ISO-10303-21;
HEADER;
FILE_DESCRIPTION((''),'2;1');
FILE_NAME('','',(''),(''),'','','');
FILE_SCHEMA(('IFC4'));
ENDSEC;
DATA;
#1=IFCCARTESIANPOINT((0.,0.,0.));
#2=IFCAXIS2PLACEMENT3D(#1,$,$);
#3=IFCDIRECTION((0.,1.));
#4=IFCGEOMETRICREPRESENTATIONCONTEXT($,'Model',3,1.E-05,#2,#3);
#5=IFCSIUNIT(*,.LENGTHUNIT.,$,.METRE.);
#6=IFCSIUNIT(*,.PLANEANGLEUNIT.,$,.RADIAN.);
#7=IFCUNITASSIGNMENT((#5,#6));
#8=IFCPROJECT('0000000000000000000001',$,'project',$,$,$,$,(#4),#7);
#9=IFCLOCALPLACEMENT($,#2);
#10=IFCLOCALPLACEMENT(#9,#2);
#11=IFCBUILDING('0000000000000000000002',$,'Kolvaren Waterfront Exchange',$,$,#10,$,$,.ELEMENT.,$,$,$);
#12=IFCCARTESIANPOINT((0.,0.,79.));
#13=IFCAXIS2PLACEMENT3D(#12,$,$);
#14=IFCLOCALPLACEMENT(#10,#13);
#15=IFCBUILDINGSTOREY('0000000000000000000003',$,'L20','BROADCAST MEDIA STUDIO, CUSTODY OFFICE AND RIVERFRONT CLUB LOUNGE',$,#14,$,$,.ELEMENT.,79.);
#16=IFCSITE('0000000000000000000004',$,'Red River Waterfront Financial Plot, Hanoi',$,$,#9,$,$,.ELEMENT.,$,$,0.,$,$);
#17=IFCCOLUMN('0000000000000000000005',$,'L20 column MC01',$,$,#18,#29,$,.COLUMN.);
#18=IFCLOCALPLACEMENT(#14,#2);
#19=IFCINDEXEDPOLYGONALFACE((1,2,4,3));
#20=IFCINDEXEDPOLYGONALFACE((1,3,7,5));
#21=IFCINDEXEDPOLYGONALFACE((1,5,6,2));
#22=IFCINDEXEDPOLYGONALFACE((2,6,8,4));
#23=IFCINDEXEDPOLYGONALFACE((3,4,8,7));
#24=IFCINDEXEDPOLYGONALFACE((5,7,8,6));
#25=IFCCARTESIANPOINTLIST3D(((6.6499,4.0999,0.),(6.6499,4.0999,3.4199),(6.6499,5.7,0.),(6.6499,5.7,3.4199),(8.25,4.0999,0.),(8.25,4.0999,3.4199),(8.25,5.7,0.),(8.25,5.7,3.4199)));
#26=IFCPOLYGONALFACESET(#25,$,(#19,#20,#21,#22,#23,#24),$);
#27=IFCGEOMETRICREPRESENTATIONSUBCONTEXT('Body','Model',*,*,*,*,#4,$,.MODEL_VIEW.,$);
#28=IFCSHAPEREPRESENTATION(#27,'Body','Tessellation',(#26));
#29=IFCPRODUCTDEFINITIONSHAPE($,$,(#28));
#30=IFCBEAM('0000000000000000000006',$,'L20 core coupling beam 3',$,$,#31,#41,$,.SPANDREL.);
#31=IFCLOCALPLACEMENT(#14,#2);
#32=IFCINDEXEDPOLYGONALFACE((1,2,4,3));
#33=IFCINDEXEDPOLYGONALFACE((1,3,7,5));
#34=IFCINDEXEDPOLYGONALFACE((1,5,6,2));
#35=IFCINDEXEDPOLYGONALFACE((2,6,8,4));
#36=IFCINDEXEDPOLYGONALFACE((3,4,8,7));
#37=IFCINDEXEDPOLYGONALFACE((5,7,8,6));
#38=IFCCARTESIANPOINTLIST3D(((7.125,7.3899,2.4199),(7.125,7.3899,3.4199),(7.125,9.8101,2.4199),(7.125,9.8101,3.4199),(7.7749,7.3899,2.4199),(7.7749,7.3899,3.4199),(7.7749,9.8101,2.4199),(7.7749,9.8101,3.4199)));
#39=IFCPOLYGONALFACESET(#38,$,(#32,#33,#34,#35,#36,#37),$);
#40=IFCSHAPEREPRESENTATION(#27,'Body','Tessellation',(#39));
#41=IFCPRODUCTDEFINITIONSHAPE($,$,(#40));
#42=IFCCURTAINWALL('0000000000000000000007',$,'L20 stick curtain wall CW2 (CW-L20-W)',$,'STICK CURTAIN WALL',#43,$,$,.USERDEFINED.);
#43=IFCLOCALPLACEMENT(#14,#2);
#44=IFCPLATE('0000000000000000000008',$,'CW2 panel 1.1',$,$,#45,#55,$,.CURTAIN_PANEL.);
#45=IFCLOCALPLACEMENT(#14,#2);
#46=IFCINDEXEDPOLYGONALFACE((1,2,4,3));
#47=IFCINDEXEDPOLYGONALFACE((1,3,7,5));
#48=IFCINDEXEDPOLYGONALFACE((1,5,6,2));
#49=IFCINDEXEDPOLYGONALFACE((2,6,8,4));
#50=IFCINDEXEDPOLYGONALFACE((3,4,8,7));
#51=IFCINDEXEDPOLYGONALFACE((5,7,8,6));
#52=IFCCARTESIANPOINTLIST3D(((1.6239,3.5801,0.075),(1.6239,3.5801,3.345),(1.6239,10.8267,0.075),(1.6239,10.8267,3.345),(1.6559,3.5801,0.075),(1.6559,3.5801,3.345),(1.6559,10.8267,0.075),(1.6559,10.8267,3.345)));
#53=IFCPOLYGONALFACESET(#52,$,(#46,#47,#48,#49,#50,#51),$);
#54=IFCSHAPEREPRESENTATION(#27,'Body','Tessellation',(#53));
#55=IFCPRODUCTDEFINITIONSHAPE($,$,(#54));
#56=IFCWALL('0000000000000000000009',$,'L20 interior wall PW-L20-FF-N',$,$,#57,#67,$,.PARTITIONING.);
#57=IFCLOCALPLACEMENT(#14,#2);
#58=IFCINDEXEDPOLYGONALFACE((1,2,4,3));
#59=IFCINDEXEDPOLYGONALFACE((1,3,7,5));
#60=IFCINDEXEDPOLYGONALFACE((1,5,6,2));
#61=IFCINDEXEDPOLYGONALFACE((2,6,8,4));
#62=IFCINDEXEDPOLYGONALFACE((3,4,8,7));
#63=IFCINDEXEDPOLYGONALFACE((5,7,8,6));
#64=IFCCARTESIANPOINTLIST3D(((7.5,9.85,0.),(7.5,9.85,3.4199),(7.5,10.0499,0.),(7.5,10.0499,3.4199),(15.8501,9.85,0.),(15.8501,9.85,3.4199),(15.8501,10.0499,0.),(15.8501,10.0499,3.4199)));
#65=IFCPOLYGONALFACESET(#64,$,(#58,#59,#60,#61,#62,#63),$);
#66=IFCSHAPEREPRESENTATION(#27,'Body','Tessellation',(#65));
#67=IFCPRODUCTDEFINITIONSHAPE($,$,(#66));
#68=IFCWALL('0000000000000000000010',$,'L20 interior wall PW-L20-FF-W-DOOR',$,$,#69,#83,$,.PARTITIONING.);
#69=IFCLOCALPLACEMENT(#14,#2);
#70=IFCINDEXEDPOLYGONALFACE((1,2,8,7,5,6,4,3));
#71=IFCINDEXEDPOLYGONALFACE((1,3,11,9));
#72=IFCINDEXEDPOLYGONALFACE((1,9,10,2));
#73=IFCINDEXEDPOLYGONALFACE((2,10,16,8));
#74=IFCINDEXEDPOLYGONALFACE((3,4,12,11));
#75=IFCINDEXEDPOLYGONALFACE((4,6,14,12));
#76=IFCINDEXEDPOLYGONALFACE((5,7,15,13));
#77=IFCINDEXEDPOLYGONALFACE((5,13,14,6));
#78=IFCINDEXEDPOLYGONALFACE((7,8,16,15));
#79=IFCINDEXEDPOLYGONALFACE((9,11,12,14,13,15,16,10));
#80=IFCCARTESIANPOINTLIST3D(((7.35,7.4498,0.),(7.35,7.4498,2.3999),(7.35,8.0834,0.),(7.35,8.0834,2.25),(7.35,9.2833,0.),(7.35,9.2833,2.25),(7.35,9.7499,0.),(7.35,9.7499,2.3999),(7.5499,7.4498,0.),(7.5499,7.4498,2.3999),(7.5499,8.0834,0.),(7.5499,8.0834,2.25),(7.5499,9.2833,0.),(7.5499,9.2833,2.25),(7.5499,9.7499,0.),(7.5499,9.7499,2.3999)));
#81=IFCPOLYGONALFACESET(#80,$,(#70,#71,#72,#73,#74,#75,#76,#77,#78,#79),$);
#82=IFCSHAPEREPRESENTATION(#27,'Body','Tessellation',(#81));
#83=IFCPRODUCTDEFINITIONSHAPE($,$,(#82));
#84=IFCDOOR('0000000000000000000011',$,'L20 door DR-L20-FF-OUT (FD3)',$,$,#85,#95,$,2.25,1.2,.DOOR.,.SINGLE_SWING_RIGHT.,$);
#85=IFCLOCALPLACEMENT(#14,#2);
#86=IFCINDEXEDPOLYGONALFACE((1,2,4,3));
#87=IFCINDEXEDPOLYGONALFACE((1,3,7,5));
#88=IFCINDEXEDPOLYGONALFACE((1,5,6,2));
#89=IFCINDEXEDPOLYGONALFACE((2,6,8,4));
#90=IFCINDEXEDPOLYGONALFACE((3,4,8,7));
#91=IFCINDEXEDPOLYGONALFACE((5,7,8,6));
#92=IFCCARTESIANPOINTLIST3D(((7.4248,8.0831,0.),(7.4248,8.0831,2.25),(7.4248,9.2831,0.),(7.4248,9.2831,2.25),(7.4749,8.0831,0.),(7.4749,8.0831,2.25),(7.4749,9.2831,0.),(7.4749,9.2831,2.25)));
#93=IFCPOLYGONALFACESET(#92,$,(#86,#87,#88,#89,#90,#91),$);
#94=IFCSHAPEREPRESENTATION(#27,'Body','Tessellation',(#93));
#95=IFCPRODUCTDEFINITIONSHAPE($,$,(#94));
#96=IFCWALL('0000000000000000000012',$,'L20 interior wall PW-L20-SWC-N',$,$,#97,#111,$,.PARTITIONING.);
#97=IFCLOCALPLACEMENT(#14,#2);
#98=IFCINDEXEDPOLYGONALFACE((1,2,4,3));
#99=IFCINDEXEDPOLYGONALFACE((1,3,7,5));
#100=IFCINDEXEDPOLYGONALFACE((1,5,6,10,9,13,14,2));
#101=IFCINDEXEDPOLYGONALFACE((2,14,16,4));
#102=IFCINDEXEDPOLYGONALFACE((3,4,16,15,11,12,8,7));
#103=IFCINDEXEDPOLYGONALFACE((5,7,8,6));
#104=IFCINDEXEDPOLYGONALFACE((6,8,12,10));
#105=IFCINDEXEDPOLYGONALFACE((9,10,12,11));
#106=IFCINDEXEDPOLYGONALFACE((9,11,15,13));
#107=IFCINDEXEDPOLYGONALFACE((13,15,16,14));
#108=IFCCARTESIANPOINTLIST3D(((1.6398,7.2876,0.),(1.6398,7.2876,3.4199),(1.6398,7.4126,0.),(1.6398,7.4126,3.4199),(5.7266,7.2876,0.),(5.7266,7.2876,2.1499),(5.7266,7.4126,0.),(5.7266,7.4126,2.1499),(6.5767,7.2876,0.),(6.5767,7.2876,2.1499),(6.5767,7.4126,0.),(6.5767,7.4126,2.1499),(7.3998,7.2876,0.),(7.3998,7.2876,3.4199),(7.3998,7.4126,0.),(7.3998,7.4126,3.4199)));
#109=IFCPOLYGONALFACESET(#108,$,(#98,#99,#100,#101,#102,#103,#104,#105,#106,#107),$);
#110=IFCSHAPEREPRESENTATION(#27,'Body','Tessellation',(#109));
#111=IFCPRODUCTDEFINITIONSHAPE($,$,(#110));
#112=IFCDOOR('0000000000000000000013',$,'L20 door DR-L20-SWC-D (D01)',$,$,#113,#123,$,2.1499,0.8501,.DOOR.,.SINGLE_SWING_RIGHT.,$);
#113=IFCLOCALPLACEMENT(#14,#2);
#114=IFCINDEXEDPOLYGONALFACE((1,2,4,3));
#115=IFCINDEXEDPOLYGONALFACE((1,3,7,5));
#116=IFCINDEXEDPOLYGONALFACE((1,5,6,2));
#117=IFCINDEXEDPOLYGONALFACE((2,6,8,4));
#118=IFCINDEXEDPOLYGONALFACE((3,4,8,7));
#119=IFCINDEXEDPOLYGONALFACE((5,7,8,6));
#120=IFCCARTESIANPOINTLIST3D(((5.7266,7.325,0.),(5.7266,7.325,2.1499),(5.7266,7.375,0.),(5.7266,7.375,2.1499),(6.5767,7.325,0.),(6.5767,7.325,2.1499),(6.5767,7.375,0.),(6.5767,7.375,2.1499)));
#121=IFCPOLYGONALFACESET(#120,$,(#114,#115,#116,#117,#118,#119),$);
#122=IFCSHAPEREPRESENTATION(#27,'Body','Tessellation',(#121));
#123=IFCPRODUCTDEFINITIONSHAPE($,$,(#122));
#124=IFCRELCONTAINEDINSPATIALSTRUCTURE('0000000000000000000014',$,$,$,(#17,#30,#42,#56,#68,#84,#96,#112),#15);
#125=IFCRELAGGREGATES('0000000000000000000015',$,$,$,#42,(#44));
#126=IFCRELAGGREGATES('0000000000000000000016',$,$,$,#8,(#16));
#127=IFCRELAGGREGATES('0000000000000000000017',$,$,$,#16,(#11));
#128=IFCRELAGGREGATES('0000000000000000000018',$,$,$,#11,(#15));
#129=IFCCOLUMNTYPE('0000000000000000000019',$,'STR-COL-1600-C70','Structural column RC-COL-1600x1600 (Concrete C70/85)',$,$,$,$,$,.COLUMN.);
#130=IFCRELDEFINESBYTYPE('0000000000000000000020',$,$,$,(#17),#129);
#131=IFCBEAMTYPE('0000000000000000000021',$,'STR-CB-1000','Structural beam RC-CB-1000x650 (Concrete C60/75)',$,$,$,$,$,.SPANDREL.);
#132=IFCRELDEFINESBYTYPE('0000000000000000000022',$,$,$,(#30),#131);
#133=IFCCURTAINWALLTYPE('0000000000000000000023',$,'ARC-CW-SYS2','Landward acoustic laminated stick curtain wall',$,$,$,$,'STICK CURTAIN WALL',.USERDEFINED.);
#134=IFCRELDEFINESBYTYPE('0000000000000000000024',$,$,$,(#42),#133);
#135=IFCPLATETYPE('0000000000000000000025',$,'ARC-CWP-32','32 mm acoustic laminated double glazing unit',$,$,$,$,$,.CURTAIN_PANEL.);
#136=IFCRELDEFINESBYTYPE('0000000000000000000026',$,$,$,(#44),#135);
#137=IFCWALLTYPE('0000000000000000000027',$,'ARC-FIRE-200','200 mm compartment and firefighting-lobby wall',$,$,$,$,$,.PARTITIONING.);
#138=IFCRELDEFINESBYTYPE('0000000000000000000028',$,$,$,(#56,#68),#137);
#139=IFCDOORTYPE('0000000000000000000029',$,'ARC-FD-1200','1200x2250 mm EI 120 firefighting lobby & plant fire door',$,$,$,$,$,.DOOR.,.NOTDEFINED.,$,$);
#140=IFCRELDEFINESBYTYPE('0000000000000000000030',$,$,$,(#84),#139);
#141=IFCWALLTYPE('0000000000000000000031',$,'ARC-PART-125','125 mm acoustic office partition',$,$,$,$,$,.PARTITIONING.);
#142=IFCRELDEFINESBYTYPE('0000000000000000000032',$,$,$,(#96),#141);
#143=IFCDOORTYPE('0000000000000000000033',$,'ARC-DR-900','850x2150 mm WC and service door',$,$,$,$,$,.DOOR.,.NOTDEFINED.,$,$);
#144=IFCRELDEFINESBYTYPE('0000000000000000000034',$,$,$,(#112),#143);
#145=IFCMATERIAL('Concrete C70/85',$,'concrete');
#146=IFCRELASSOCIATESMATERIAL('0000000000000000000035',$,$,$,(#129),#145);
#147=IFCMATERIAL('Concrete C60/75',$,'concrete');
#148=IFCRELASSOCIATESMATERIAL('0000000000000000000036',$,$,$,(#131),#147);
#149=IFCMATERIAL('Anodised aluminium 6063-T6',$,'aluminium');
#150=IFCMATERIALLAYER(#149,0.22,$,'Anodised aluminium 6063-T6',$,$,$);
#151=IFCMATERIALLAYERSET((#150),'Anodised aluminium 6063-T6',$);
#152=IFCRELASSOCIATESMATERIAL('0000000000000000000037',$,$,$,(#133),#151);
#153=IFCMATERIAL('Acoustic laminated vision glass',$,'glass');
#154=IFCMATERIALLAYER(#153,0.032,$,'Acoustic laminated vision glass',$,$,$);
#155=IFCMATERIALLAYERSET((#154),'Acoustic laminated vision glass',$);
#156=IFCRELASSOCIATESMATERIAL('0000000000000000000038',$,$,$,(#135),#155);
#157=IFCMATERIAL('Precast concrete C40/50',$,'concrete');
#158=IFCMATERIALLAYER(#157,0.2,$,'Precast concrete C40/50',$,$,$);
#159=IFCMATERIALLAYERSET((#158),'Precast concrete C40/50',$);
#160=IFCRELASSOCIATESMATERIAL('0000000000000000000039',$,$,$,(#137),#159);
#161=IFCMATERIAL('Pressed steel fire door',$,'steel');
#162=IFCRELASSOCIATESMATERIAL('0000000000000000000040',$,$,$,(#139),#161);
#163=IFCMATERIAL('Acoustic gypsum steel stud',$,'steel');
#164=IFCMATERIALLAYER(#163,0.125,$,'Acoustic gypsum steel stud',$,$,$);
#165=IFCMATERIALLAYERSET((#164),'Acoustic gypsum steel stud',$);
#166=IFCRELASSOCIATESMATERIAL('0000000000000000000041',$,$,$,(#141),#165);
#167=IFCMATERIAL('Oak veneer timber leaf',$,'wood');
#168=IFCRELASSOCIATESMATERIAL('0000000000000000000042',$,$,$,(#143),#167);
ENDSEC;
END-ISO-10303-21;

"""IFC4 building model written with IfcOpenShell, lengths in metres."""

from ifc_helpers import new_model, si_unit, direction, frame, frame_2d, origin, origin_with_axes, origin_2d, place, context, subcontext, project, spatial, rectangle, extrude, source, transform, mapped, material, layer, layer_set, material_profile, profile_set, type_object, element, fill, aggregate, save


model = new_model("IFC4")

# Units and contexts
model_context = context("Model", 3, precision=1e-05, world=origin(), true_north=direction((0.0, 1.0)))
body_context = subcontext(model_context, "Body", "Model", "MODEL_VIEW")
ifc_project = project(units=[si_unit("LENGTHUNIT", "METRE"), si_unit("PLANEANGLEUNIT", "RADIAN")], contexts=[model_context])

# Site, building, storey
site_placement = place(None, origin())
site = spatial("IfcSite", under=ifc_project, at=site_placement, Name="Red River Waterfront Financial Plot, Hanoi", CompositionType="ELEMENT", RefElevation=0.0)
building_placement = place(site_placement, origin())
building = spatial("IfcBuilding", under=site, at=building_placement, Name="Kolvaren Waterfront Exchange", CompositionType="ELEMENT")
storey_placement = place(building_placement, frame((0.0, 0.0, 79.0)))
storey = spatial("IfcBuildingStorey", under=building, at=storey_placement, Name="L20", Description="BROADCAST MEDIA STUDIO, CUSTODY OFFICE AND RIVERFRONT CLUB LOUNGE", CompositionType="ELEMENT", Elevation=79.0)

# Column
ifc_material_1 = material(Name="Concrete C70/85", Category="concrete")
ifc_material_profile_1 = material_profile(ifc_material_1, rectangle(XDim=1.6001, YDim=1.6001, at=origin_2d()), Name="RC-COL-1600x1600")
ifc_profile_set_1 = profile_set([ifc_material_profile_1], Name="Concrete C70/85")
column_type = type_object("IfcColumnType", Name="STR-COL-1600-C70", Description="Structural column RC-COL-1600x1600 (Concrete C70/85)", PredefinedType="COLUMN", material=ifc_profile_set_1)
column_placement = place(storey_placement, frame((7.45, 4.8999, 0.0), z_axis=(0.0, 0.0, 1.0), x_axis=(1.0, 0.0, 0.0)))
element("IfcColumn", 1, at=column_placement, inside=storey, type_object=column_type, Name="L20 column MC01", PredefinedType="COLUMN", context=body_context, shape_type="SweptSolid", body=[
    extrude(rectangle(XDim=1.6001, YDim=1.6001, at=origin_2d()), origin(), (0.0, 0.0, 1.0), 3.4199),
])

# Beam
ifc_material_2 = material(Name="Concrete C60/75", Category="concrete")
ifc_material_profile_2 = material_profile(ifc_material_2, rectangle(XDim=0.6499, YDim=1.0, at=origin_2d()), Name="RC-CB-1000x650")
ifc_profile_set_2 = profile_set([ifc_material_profile_2], Name="Concrete C60/75")
beam_type = type_object("IfcBeamType", Name="STR-CB-1000", Description="Structural beam RC-CB-1000x650 (Concrete C60/75)", PredefinedType="SPANDREL", material=ifc_profile_set_2)
beam_placement = place(storey_placement, frame((7.45, 7.3899, 2.9199), z_axis=(0.0, 1.0, 0.0), x_axis=(-1.0, 0.0, 0.0)))
element("IfcBeam", 2, at=beam_placement, inside=storey, type_object=beam_type, Name="L20 core coupling beam 3", PredefinedType="SPANDREL", context=body_context, shape_type="SweptSolid", body=[
    extrude(rectangle(XDim=0.6499, YDim=1.0, at=origin_2d()), origin(), (0.0, 0.0, 1.0), 2.4202),
])

# Curtain wall, plate
ifc_material_3 = material(Name="Anodised aluminium 6063-T6", Category="aluminium")
ifc_layer_1 = layer(ifc_material_3, 0.22, Name="Anodised aluminium 6063-T6")
ifc_layer_set_1 = layer_set([ifc_layer_1], Name="Anodised aluminium 6063-T6")
curtain_wall_type = type_object("IfcCurtainWallType", Name="ARC-CW-SYS2", Description="Landward acoustic laminated stick curtain wall", ElementType="STICK CURTAIN WALL", PredefinedType="USERDEFINED", material=ifc_layer_set_1)
curtain_wall_placement = place(storey_placement, origin())
curtain_wall = element("IfcCurtainWall", 3, at=curtain_wall_placement, inside=storey, type_object=curtain_wall_type, Name="L20 stick curtain wall CW2 (CW-L20-W)", ObjectType="STICK CURTAIN WALL", PredefinedType="USERDEFINED")
ifc_material_4 = material(Name="Acoustic laminated vision glass", Category="glass")
ifc_layer_2 = layer(ifc_material_4, 0.032, Name="Acoustic laminated vision glass")
ifc_layer_set_2 = layer_set([ifc_layer_2], Name="Acoustic laminated vision glass")
plate_type = type_object("IfcPlateType", Name="ARC-CWP-32", Description="32 mm acoustic laminated double glazing unit", PredefinedType="CURTAIN_PANEL", material=ifc_layer_set_2)
shared_shape = source(origin_with_axes(), body_context, "Body", "SweptSolid", [
    extrude(rectangle(XDim=7.2466, YDim=0.032, at=origin_2d()), origin(), (0.0, 0.0, 1.0), 3.27),
])
plate_placement = place(storey_placement, frame((1.6399, 7.2034, 0.075), z_axis=(0.0, 0.0, 1.0), x_axis=(0.0, 1.0, 0.0)))
plate = element("IfcPlate", 4, at=plate_placement, type_object=plate_type, Name="CW2 panel 1.1", PredefinedType="CURTAIN_PANEL", context=body_context, shape_type="MappedRepresentation", body=[
    mapped(shared_shape, transform((0.0, 0.0, 0.0), x_axis=(1.0, 0.0, 0.0), y_axis=(0.0, 1.0, 0.0), z_axis=(0.0, 0.0, 1.0), scale=1.0)),
])
aggregate(curtain_wall, [plate])

# Wall
ifc_material_5 = material(Name="Precast concrete C40/50", Category="concrete")
ifc_layer_3 = layer(ifc_material_5, 0.2, Name="Precast concrete C40/50")
ifc_layer_set_3 = layer_set([ifc_layer_3], Name="Precast concrete C40/50")
wall_type_1 = type_object("IfcWallType", Name="ARC-FIRE-200", Description="200 mm compartment and firefighting-lobby wall", PredefinedType="PARTITIONING", material=ifc_layer_set_3)
wall_1_placement = place(storey_placement, frame((7.5, 9.95, 0.0), z_axis=(0.0, 0.0, 1.0), x_axis=(1.0, 0.0, 0.0)))
element("IfcWall", 5, at=wall_1_placement, inside=storey, type_object=wall_type_1, Name="L20 interior wall PW-L20-FF-N", PredefinedType="PARTITIONING", context=body_context, shape_type="SweptSolid", body=[
    extrude(rectangle(XDim=8.3501, YDim=0.2, at=frame_2d((4.175, 0.0))), origin(), (0.0, 0.0, 1.0), 3.4199),
])

# Walls, openings, doors
wall_2_placement = place(storey_placement, frame((7.45, 7.45, 0.0), z_axis=(0.0, 0.0, 1.0), x_axis=(0.0, 1.0, 0.0)))
wall_2 = element("IfcWall", 6, at=wall_2_placement, inside=storey, type_object=wall_type_1, Name="L20 interior wall PW-L20-FF-W-DOOR", PredefinedType="PARTITIONING", context=body_context, shape_type="SweptSolid", body=[
    extrude(rectangle(XDim=2.3, YDim=0.2, at=frame_2d((1.1499, 0.0))), origin(), (0.0, 0.0, 1.0), 2.3999),
])
opening_1_placement = place(wall_2_placement, frame((0.6333, 0.0, 0.0)))
opening_1 = element("IfcOpeningElement", 7, at=opening_1_placement, cuts=wall_2, PredefinedType="OPENING", context=body_context, shape_type="SweptSolid", body=[
    extrude(rectangle(XDim=1.2, YDim=2.25, at=frame_2d((0.6001, 1.125))), frame((0.0, 0.1099, 0.0), z_axis=(0.0, -1.0, 0.0), x_axis=(1.0, 0.0, 0.0)), (0.0, 0.0, 1.0), 0.22),
])
ifc_material_6 = material(Name="Pressed steel fire door", Category="steel")
door_type_1 = type_object("IfcDoorType", Name="ARC-FD-1200", Description="1200x2250 mm EI 120 firefighting lobby & plant fire door", OperationType="NOTDEFINED", PredefinedType="DOOR", material=ifc_material_6)
door_1_placement = place(opening_1_placement, frame((1.2, 0.0, 0.0), z_axis=(0.0, 0.0, 1.0), x_axis=(-1.0, 0.0, 0.0)))
door_1 = element("IfcDoor", 8, at=door_1_placement, inside=storey, type_object=door_type_1, Name="L20 door DR-L20-FF-OUT (FD3)", OperationType="SINGLE_SWING_RIGHT", OverallHeight=2.25, OverallWidth=1.2, PredefinedType="DOOR", context=body_context, shape_type="SweptSolid", body=[
    extrude(rectangle(XDim=1.2, YDim=2.25, at=frame_2d((0.6001, 1.125))), frame((0.0, 0.0249, 0.0), z_axis=(0.0, -1.0, 0.0), x_axis=(1.0, 0.0, 0.0)), (0.0, 0.0, 1.0), 0.05),
])
fill(opening_1, door_1)
ifc_material_7 = material(Name="Acoustic gypsum steel stud", Category="steel")
ifc_layer_4 = layer(ifc_material_7, 0.125, Name="Acoustic gypsum steel stud")
ifc_layer_set_4 = layer_set([ifc_layer_4], Name="Acoustic gypsum steel stud")
wall_type_2 = type_object("IfcWallType", Name="ARC-PART-125", Description="125 mm acoustic office partition", PredefinedType="PARTITIONING", material=ifc_layer_set_4)
wall_3_placement = place(storey_placement, frame((1.6399, 7.3501, 0.0), z_axis=(0.0, 0.0, 1.0), x_axis=(1.0, 0.0, 0.0)))
wall_3 = element("IfcWall", 9, at=wall_3_placement, inside=storey, type_object=wall_type_2, Name="L20 interior wall PW-L20-SWC-N", PredefinedType="PARTITIONING", context=body_context, shape_type="SweptSolid", body=[
    extrude(rectangle(XDim=5.76, YDim=0.125, at=frame_2d((2.8799, 0.0))), origin(), (0.0, 0.0, 1.0), 3.4199),
])
opening_2_placement = place(wall_3_placement, frame((4.0867, 0.0, 0.0)))
opening_2 = element("IfcOpeningElement", 10, at=opening_2_placement, cuts=wall_3, PredefinedType="OPENING", context=body_context, shape_type="SweptSolid", body=[
    extrude(rectangle(XDim=0.8501, YDim=2.1499, at=frame_2d((0.425, 1.075))), frame((0.0, 0.0725, 0.0), z_axis=(0.0, -1.0, 0.0), x_axis=(1.0, 0.0, 0.0)), (0.0, 0.0, 1.0), 0.145),
])
ifc_material_8 = material(Name="Oak veneer timber leaf", Category="wood")
door_type_2 = type_object("IfcDoorType", Name="ARC-DR-900", Description="850x2150 mm WC and service door", OperationType="NOTDEFINED", PredefinedType="DOOR", material=ifc_material_8)
door_2_placement = place(opening_2_placement, origin())
door_2 = element("IfcDoor", 11, at=door_2_placement, inside=storey, type_object=door_type_2, Name="L20 door DR-L20-SWC-D (D01)", OperationType="SINGLE_SWING_RIGHT", OverallHeight=2.1499, OverallWidth=0.8501, PredefinedType="DOOR", context=body_context, shape_type="SweptSolid", body=[
    extrude(rectangle(XDim=0.8501, YDim=2.1499, at=frame_2d((0.425, 1.075))), frame((0.0, 0.0249, 0.0), z_axis=(0.0, -1.0, 0.0), x_axis=(1.0, 0.0, 0.0)), (0.0, 0.0, 1.0), 0.05),
])
fill(opening_2, door_2)

save(model, "model.ifc")
